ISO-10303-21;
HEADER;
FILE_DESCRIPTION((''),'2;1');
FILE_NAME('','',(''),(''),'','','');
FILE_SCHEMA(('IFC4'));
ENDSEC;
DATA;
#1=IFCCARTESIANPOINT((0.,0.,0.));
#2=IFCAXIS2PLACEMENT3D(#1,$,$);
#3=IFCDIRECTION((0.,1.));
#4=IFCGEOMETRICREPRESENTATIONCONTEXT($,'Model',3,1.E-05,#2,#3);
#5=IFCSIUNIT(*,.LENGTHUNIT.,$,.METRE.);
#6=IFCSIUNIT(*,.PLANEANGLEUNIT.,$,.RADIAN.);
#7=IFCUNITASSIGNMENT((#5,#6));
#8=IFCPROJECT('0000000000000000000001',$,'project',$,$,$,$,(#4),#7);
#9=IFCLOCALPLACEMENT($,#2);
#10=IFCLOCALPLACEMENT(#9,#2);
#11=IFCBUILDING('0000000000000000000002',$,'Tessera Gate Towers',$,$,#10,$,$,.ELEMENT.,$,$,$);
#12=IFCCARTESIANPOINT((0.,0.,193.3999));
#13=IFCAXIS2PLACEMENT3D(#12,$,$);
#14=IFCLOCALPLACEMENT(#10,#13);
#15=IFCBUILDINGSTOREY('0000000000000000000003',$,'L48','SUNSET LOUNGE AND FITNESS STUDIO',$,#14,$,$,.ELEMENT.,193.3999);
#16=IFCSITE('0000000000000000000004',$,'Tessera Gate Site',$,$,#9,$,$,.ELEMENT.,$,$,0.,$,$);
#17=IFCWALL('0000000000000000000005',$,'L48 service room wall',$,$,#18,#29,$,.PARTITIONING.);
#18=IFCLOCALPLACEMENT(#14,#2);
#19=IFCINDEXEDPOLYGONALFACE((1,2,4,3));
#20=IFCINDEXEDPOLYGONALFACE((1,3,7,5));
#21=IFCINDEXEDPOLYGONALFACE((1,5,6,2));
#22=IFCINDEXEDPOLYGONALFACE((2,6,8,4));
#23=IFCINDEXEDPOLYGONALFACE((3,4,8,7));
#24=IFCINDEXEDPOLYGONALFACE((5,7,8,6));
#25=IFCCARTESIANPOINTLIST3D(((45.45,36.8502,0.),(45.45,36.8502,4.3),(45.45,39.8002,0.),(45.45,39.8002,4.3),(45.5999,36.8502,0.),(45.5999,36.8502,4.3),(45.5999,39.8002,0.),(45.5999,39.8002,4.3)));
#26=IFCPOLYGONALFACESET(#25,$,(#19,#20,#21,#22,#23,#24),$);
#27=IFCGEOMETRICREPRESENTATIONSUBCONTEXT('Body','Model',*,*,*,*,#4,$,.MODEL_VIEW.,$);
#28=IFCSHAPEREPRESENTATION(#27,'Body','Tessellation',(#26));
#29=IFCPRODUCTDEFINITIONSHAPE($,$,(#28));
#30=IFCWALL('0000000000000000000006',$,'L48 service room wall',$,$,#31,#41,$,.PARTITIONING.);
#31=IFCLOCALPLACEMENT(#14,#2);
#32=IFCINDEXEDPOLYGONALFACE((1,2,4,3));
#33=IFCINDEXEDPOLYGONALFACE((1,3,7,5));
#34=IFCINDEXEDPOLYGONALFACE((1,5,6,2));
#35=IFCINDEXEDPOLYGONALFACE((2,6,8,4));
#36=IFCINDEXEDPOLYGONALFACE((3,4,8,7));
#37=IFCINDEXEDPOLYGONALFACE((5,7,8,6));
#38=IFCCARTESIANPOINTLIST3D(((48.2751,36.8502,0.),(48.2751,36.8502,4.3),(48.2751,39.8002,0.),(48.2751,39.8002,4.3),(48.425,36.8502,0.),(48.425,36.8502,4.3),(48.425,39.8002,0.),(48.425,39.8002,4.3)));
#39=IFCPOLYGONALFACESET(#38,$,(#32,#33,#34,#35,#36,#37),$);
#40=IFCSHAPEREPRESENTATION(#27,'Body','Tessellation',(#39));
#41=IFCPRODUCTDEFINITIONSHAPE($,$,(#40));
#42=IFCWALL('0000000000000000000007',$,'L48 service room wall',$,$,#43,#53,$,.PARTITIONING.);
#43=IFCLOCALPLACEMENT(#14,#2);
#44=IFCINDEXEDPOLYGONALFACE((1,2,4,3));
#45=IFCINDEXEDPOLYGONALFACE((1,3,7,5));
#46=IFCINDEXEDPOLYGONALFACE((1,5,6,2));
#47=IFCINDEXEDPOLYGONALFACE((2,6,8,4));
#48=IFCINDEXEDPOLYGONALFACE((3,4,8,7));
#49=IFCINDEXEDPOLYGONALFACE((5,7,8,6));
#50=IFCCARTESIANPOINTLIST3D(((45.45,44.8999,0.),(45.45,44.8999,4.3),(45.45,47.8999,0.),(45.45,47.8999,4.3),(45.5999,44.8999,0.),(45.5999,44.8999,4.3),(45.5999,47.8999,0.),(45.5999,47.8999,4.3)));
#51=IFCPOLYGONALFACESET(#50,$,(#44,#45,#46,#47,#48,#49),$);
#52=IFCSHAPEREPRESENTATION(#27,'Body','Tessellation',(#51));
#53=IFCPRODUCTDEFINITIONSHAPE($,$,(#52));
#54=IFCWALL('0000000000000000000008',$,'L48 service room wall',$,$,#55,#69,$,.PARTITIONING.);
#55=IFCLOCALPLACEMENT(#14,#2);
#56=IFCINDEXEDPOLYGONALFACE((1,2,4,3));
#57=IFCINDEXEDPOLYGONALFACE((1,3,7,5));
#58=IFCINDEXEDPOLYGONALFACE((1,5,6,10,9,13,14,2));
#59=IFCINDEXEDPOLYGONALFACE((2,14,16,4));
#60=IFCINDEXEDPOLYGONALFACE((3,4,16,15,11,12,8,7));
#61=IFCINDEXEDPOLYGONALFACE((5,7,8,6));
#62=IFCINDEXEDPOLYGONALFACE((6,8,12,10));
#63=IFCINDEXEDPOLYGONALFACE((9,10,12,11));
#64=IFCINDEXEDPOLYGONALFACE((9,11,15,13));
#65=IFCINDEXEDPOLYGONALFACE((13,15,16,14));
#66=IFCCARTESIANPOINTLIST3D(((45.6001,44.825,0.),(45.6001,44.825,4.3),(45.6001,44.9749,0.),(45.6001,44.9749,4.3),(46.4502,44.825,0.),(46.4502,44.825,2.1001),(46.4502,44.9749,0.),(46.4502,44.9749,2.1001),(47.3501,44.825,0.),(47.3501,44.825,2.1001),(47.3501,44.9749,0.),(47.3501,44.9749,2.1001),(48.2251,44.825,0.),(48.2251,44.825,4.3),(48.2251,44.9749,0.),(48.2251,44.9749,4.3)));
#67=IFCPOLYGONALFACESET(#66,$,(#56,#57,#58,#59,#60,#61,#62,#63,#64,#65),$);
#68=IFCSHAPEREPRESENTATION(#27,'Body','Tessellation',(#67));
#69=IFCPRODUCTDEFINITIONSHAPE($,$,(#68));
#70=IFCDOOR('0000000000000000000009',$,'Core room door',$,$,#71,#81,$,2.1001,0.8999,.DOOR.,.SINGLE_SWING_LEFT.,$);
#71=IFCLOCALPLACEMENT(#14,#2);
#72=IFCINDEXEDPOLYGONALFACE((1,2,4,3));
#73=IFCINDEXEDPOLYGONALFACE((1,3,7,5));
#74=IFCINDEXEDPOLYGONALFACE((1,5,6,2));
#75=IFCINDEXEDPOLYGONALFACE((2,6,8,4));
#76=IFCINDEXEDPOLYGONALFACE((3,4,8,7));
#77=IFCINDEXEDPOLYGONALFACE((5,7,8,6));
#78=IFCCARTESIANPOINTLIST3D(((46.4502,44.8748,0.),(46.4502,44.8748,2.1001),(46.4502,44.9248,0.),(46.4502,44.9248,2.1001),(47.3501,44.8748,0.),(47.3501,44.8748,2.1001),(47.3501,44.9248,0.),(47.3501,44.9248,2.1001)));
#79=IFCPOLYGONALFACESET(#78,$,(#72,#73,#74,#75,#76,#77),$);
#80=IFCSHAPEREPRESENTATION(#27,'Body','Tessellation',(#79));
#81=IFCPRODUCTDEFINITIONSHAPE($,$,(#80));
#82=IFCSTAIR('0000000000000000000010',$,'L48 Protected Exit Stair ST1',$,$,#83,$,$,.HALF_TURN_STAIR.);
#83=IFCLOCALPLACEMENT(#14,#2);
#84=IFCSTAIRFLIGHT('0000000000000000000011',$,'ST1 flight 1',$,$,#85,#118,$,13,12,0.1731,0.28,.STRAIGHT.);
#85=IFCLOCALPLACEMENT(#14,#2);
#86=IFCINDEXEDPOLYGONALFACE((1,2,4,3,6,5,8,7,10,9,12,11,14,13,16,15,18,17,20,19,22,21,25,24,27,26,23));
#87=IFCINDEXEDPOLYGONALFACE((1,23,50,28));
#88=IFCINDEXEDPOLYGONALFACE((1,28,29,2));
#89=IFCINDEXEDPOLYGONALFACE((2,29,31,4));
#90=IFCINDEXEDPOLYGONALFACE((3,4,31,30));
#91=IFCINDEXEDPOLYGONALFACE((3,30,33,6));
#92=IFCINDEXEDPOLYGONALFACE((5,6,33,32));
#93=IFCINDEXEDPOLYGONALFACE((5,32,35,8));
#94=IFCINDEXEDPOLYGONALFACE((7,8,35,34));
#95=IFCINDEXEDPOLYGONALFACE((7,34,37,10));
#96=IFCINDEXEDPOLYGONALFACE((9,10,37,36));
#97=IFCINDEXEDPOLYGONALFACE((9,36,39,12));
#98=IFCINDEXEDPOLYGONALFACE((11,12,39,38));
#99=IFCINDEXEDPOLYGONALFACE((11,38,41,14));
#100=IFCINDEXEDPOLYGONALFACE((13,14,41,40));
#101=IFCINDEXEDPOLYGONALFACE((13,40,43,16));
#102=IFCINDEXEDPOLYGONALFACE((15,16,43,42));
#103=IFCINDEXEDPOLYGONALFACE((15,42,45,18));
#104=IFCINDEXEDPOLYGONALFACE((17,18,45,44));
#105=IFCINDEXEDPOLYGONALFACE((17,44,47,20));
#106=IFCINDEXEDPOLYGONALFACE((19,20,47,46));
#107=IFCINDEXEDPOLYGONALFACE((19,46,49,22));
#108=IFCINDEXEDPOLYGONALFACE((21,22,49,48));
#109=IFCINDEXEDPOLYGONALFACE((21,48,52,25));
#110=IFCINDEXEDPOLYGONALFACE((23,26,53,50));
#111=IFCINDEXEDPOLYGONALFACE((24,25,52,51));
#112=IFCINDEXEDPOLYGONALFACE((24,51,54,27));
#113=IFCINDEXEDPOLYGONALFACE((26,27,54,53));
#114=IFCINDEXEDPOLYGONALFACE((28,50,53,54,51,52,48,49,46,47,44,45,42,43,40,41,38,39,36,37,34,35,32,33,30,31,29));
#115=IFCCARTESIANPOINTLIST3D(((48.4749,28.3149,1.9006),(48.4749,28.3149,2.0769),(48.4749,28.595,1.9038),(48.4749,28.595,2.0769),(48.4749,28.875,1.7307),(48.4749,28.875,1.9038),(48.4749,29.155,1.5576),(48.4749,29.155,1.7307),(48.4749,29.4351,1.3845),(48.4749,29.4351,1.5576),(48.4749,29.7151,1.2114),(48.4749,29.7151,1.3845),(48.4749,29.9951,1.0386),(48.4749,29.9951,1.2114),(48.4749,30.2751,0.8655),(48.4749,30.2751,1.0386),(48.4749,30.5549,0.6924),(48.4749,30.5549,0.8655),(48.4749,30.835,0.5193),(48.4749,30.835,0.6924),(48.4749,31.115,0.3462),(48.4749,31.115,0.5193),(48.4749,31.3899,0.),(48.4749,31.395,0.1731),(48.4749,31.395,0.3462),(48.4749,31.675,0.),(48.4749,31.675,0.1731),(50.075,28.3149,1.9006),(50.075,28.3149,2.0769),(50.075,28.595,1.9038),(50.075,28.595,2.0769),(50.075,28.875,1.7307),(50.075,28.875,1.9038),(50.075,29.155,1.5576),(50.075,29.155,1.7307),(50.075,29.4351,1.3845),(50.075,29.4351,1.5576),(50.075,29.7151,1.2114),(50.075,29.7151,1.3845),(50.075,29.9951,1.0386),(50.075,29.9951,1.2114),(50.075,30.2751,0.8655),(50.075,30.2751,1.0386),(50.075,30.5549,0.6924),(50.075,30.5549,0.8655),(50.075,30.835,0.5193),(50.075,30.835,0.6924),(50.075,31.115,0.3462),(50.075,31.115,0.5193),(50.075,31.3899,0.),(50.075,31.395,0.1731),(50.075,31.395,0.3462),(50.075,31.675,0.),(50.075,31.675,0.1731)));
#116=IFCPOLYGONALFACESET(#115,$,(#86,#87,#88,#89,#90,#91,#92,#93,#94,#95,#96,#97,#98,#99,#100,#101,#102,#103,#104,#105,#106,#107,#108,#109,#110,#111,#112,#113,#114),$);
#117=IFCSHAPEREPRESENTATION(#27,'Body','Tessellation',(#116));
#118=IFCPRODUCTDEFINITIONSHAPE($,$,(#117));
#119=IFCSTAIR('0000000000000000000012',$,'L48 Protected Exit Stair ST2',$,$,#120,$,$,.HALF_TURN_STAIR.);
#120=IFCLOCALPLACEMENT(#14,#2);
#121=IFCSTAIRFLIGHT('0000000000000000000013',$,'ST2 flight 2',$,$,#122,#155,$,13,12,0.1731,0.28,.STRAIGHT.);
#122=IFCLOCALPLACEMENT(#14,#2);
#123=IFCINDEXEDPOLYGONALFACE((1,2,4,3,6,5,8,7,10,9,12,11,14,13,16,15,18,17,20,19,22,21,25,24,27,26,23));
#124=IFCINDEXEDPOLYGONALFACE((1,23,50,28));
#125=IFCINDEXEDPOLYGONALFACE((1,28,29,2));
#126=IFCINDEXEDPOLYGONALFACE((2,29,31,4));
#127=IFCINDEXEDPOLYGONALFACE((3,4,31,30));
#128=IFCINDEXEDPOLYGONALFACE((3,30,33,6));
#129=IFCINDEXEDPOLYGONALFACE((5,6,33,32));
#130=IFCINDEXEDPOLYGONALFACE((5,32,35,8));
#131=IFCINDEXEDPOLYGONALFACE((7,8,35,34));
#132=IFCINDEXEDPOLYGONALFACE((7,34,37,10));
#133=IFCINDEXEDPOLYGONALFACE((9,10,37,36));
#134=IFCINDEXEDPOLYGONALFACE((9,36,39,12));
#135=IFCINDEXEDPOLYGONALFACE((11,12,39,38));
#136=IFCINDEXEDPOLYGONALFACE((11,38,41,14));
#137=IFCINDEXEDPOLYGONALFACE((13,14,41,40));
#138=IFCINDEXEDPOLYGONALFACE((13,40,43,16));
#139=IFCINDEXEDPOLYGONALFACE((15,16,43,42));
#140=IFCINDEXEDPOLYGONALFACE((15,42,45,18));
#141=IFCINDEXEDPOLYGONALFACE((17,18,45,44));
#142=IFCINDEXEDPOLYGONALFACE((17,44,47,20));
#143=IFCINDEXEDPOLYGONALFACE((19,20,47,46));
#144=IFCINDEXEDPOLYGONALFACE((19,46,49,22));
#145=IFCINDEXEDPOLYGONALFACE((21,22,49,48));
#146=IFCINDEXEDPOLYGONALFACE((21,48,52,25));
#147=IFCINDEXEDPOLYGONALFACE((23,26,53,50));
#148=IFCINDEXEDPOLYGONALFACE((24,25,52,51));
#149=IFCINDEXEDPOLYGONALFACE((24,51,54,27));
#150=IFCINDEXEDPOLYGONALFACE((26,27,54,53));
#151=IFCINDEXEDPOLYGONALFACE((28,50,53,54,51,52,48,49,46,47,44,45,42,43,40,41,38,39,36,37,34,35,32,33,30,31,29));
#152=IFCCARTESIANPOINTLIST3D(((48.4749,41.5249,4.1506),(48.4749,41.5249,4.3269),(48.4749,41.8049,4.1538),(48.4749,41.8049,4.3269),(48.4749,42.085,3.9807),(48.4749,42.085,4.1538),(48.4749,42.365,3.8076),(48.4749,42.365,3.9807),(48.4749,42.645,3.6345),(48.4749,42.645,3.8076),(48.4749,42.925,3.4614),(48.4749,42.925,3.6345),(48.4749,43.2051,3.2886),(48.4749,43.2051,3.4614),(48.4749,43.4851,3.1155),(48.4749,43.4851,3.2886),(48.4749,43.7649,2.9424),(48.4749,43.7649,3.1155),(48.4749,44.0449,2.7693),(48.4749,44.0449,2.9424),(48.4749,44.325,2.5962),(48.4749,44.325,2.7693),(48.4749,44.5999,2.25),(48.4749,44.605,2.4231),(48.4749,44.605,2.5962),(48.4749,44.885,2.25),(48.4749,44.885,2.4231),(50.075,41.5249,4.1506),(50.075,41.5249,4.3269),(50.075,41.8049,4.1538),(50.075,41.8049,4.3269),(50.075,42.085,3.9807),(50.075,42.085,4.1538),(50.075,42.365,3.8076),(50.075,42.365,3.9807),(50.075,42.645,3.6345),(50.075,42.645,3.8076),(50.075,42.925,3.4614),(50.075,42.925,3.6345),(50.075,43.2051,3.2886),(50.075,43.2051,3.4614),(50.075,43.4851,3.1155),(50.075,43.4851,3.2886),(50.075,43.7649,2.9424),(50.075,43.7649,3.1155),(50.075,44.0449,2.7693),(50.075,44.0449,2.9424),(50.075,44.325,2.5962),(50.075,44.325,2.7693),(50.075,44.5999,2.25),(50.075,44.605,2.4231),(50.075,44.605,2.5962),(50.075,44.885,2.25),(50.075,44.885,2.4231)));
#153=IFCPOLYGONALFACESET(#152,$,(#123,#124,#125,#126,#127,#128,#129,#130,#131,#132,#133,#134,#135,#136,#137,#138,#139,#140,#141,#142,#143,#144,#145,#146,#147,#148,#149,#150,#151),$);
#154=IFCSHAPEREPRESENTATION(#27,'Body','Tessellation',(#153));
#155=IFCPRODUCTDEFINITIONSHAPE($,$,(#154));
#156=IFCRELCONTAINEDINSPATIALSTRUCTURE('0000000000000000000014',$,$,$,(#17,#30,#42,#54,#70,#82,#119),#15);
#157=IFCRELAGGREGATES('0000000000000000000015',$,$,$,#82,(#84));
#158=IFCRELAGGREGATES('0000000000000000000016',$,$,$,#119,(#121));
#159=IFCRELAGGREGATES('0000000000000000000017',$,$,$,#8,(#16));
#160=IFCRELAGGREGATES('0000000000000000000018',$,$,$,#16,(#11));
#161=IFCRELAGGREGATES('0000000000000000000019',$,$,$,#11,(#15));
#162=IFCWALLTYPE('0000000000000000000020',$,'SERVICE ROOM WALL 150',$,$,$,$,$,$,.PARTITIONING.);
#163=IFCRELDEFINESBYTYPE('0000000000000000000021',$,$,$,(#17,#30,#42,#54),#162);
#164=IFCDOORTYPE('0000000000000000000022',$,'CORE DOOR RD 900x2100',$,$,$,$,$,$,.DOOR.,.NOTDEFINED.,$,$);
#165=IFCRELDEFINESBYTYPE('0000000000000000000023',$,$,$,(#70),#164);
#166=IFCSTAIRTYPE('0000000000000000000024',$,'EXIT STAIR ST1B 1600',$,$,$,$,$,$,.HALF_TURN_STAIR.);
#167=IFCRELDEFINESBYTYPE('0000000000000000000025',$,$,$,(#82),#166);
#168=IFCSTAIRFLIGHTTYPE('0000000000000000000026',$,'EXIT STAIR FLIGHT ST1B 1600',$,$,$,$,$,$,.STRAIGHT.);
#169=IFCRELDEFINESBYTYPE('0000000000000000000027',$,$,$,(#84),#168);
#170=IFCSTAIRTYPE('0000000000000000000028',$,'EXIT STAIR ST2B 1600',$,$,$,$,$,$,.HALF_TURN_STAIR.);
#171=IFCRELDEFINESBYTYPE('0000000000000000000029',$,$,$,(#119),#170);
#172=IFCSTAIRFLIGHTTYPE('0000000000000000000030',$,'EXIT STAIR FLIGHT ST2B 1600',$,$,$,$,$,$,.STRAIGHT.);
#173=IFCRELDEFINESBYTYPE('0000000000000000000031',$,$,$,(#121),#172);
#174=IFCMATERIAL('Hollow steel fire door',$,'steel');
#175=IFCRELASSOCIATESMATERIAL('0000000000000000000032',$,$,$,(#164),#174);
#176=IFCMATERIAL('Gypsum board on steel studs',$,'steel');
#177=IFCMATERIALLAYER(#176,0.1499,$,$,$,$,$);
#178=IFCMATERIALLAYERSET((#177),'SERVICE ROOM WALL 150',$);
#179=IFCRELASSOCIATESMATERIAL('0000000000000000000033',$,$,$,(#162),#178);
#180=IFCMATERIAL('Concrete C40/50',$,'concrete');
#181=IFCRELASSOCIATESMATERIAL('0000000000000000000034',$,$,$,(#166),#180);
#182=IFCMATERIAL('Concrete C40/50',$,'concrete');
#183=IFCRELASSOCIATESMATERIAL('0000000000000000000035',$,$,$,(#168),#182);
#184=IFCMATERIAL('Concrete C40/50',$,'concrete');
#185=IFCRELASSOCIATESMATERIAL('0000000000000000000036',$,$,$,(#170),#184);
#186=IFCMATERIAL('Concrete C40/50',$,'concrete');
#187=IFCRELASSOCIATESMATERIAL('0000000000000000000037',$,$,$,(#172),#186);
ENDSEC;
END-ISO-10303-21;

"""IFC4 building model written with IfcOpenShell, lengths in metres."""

from ifc_helpers import new_model, si_unit, direction, frame, frame_2d, origin, place, context, subcontext, project, spatial, polyline, rectangle, outline, extrude, source, transform, mapped, material, layer, layer_set, type_object, element, fill, aggregate, save


model = new_model("IFC4")

# Units and contexts
model_context = context("Model", 3, precision=1e-05, world=origin(), true_north=direction((0.0, 1.0)))
body_context = subcontext(model_context, "Body", "Model", "MODEL_VIEW")
ifc_project = project(units=[si_unit("LENGTHUNIT", "METRE"), si_unit("PLANEANGLEUNIT", "RADIAN")], contexts=[model_context])

# Site, building, storey
site_placement = place(None, origin())
site = spatial("IfcSite", under=ifc_project, at=site_placement, Name="Tessera Gate Site", CompositionType="ELEMENT", RefElevation=0.0)
building_placement = place(site_placement, origin())
building = spatial("IfcBuilding", under=site, at=building_placement, Name="Tessera Gate Towers", CompositionType="ELEMENT")
storey_placement = place(building_placement, frame((0.0, 0.0, 193.3999)))
storey = spatial("IfcBuildingStorey", under=building, at=storey_placement, Name="L48", Description="SUNSET LOUNGE AND FITNESS STUDIO", CompositionType="ELEMENT", Elevation=193.3999)

# Shared definitions
ifc_material_1 = material(Name="Hollow steel fire door", Category="steel")
door_type_1 = type_object("IfcDoorType", Name="CORE DOOR RD 900x2100", OperationType="NOTDEFINED", PredefinedType="DOOR", material=ifc_material_1)
shared_shape_1 = source(origin(), body_context, "Body", "SweptSolid", [
    extrude(rectangle(XDim=0.8999, YDim=2.1001, at=frame_2d((0.45, 1.05))), frame((0.0, 0.0249, 0.0), z_axis=(0.0, -1.0, 0.0), x_axis=(1.0, 0.0, 0.0)), (0.0, 0.0, 1.0), 0.05),
])

# Walls
ifc_material_2 = material(Name="Gypsum board on steel studs", Category="steel")
ifc_layer_1 = layer(ifc_material_2, 0.1499)
ifc_layer_set_1 = layer_set([ifc_layer_1], Name="SERVICE ROOM WALL 150")
wall_type_1 = type_object("IfcWallType", Name="SERVICE ROOM WALL 150", PredefinedType="PARTITIONING", material=ifc_layer_set_1)
for number, where, z_axis, x_axis, name in (
    (1, (45.5249, 36.8501, 0.0), (0.0, 0.0, 1.0), (0.0, 1.0, 0.0), "L48 service room wall"),
    (2, (48.3501, 36.8501, 0.0), (0.0, 0.0, 1.0), (0.0, 1.0, 0.0), "L48 service room wall"),
):
    element("IfcWall", number, at=place(storey_placement, frame(where, z_axis=z_axis, x_axis=x_axis)), inside=storey, type_object=wall_type_1, Name=name, PredefinedType="PARTITIONING", context=body_context, shape_type="SweptSolid", body=[
        extrude(rectangle(XDim=2.95, YDim=0.1499, at=frame_2d((1.4751, 0.0))), origin(), (0.0, 0.0, 1.0), 4.3),
    ])
wall_1_placement = place(storey_placement, frame((45.5249, 44.8999, 0.0), z_axis=(0.0, 0.0, 1.0), x_axis=(0.0, 1.0, 0.0)))
element("IfcWall", 3, at=wall_1_placement, inside=storey, type_object=wall_type_1, Name="L48 service room wall", PredefinedType="PARTITIONING", context=body_context, shape_type="SweptSolid", body=[
    extrude(rectangle(XDim=3.0, YDim=0.1499, at=frame_2d((1.5, 0.0))), origin(), (0.0, 0.0, 1.0), 4.3),
])

# Wall, opening, door
wall_2_placement = place(storey_placement, frame((45.6001, 44.8999, 0.0), z_axis=(0.0, 0.0, 1.0), x_axis=(1.0, 0.0, 0.0)))
wall_2 = element("IfcWall", 4, at=wall_2_placement, inside=storey, type_object=wall_type_1, Name="L48 service room wall", PredefinedType="PARTITIONING", context=body_context, shape_type="SweptSolid", body=[
    extrude(rectangle(XDim=2.625, YDim=0.1499, at=frame_2d((1.3125, 0.0))), origin(), (0.0, 0.0, 1.0), 4.3),
])
shared_shape_2 = source(origin(), body_context, "Body", "SweptSolid", [
    extrude(rectangle(XDim=0.8999, YDim=2.1001, at=frame_2d((0.45, 1.05))), frame((0.0, 0.085, 0.0), z_axis=(0.0, -1.0, 0.0), x_axis=(1.0, 0.0, 0.0)), (0.0, 0.0, 1.0), 0.1699),
])
opening_1_placement = place(wall_2_placement, frame((0.8501, 0.0, 0.0)))
opening_1 = element("IfcOpeningElement", 5, at=opening_1_placement, cuts=wall_2, PredefinedType="OPENING", context=body_context, shape_type="MappedRepresentation", body=[
    mapped(shared_shape_2, transform((0.0, 0.0, 0.0), scale=1.0)),
])
door_1_placement = place(opening_1_placement, origin())
door_1 = element("IfcDoor", 6, at=door_1_placement, inside=storey, type_object=door_type_1, Name="Core room door", OperationType="SINGLE_SWING_LEFT", OverallHeight=2.1001, OverallWidth=0.8999, PredefinedType="DOOR", context=body_context, shape_type="MappedRepresentation", body=[
    mapped(shared_shape_1, transform((0.0, 0.0, 0.0), scale=1.0)),
])
fill(opening_1, door_1)

# Stairs, stair flights
ifc_material_3 = material(Name="Concrete C40/50", Category="concrete")
stair_type_1 = type_object("IfcStairType", Name="EXIT STAIR ST1B 1600", PredefinedType="HALF_TURN_STAIR", material=ifc_material_3)
stair_1_placement = place(storey_placement, origin())
stair_1 = element("IfcStair", 7, at=stair_1_placement, inside=storey, type_object=stair_type_1, Name="L48 Protected Exit Stair ST1", PredefinedType="HALF_TURN_STAIR")
ifc_material_4 = material(Name="Concrete C40/50", Category="concrete")
stair_flight_type_1 = type_object("IfcStairFlightType", Name="EXIT STAIR FLIGHT ST1B 1600", PredefinedType="STRAIGHT", material=ifc_material_4)
stair_flight_1_placement = place(storey_placement, frame((49.2749, 31.675, 0.0), z_axis=(0.0, 0.0, 1.0), x_axis=(0.0, -1.0, 0.0)))
stair_flight_1 = element("IfcStairFlight", 8, at=stair_flight_1_placement, type_object=stair_flight_type_1, Name="ST1 flight 1", NumberOfRisers=13, NumberOfTreads=12, PredefinedType="STRAIGHT", RiserHeight=0.1731, TreadLength=0.28, context=body_context, shape_type="SweptSolid", body=[
    extrude(outline(polyline([(0.0, 0.0), (0.0, 0.1731), (0.28, 0.1731), (0.28, 0.3462), (0.5601, 0.3462), (0.5601, 0.5193), (0.8401, 0.5193), (0.8401, 0.6924), (1.1201, 0.6924), (1.1201, 0.8655), (1.3999, 0.8655), (1.3999, 1.0386), (1.6799, 1.0386), (1.6799, 1.2114), (1.96, 1.2114), (1.96, 1.3845), (2.24, 1.3845), (2.24, 1.5576), (2.52, 1.5576), (2.52, 1.7307), (2.8, 1.7307), (2.8, 1.9038), (3.0801, 1.9038), (3.0801, 2.0769), (3.3601, 2.0769), (3.3601, 2.25), (3.3601, 1.9006), (0.2852, 0.0), (0.0, 0.0)])), frame((0.0, 0.8, 0.0), z_axis=(0.0, -1.0, 0.0), x_axis=(1.0, 0.0, 0.0)), (0.0, 0.0, 1.0), 1.6001),
])
aggregate(stair_1, [stair_flight_1])
ifc_material_5 = material(Name="Concrete C40/50", Category="concrete")
stair_type_2 = type_object("IfcStairType", Name="EXIT STAIR ST2B 1600", PredefinedType="HALF_TURN_STAIR", material=ifc_material_5)
stair_2_placement = place(storey_placement, origin())
stair_2 = element("IfcStair", 9, at=stair_2_placement, inside=storey, type_object=stair_type_2, Name="L48 Protected Exit Stair ST2", PredefinedType="HALF_TURN_STAIR")
ifc_material_6 = material(Name="Concrete C40/50", Category="concrete")
stair_flight_type_2 = type_object("IfcStairFlightType", Name="EXIT STAIR FLIGHT ST2B 1600", PredefinedType="STRAIGHT", material=ifc_material_6)
stair_flight_2_placement = place(storey_placement, frame((49.2749, 44.885, 2.25), z_axis=(0.0, 0.0, 1.0), x_axis=(0.0, -1.0, 0.0)))
stair_flight_2 = element("IfcStairFlight", 10, at=stair_flight_2_placement, type_object=stair_flight_type_2, Name="ST2 flight 2", NumberOfRisers=13, NumberOfTreads=12, PredefinedType="STRAIGHT", RiserHeight=0.1731, TreadLength=0.28, context=body_context, shape_type="SweptSolid", body=[
    extrude(outline(polyline([(0.0, 0.0), (0.0, 0.1731), (0.28, 0.1731), (0.28, 0.3462), (0.5601, 0.3462), (0.5601, 0.5193), (0.8401, 0.5193), (0.8401, 0.6924), (1.1201, 0.6924), (1.1201, 0.8655), (1.3999, 0.8655), (1.3999, 1.0386), (1.6799, 1.0386), (1.6799, 1.2114), (1.96, 1.2114), (1.96, 1.3845), (2.24, 1.3845), (2.24, 1.5576), (2.52, 1.5576), (2.52, 1.7307), (2.8, 1.7307), (2.8, 1.9038), (3.0801, 1.9038), (3.0801, 2.0769), (3.3601, 2.0769), (3.3601, 2.25), (3.3601, 1.9006), (0.2852, 0.0), (0.0, 0.0)])), frame((0.0, 0.8, 0.0), z_axis=(0.0, -1.0, 0.0), x_axis=(1.0, 0.0, 0.0)), (0.0, 0.0, 1.0), 1.6001),
])
aggregate(stair_2, [stair_flight_2])

save(model, "model.ifc")
